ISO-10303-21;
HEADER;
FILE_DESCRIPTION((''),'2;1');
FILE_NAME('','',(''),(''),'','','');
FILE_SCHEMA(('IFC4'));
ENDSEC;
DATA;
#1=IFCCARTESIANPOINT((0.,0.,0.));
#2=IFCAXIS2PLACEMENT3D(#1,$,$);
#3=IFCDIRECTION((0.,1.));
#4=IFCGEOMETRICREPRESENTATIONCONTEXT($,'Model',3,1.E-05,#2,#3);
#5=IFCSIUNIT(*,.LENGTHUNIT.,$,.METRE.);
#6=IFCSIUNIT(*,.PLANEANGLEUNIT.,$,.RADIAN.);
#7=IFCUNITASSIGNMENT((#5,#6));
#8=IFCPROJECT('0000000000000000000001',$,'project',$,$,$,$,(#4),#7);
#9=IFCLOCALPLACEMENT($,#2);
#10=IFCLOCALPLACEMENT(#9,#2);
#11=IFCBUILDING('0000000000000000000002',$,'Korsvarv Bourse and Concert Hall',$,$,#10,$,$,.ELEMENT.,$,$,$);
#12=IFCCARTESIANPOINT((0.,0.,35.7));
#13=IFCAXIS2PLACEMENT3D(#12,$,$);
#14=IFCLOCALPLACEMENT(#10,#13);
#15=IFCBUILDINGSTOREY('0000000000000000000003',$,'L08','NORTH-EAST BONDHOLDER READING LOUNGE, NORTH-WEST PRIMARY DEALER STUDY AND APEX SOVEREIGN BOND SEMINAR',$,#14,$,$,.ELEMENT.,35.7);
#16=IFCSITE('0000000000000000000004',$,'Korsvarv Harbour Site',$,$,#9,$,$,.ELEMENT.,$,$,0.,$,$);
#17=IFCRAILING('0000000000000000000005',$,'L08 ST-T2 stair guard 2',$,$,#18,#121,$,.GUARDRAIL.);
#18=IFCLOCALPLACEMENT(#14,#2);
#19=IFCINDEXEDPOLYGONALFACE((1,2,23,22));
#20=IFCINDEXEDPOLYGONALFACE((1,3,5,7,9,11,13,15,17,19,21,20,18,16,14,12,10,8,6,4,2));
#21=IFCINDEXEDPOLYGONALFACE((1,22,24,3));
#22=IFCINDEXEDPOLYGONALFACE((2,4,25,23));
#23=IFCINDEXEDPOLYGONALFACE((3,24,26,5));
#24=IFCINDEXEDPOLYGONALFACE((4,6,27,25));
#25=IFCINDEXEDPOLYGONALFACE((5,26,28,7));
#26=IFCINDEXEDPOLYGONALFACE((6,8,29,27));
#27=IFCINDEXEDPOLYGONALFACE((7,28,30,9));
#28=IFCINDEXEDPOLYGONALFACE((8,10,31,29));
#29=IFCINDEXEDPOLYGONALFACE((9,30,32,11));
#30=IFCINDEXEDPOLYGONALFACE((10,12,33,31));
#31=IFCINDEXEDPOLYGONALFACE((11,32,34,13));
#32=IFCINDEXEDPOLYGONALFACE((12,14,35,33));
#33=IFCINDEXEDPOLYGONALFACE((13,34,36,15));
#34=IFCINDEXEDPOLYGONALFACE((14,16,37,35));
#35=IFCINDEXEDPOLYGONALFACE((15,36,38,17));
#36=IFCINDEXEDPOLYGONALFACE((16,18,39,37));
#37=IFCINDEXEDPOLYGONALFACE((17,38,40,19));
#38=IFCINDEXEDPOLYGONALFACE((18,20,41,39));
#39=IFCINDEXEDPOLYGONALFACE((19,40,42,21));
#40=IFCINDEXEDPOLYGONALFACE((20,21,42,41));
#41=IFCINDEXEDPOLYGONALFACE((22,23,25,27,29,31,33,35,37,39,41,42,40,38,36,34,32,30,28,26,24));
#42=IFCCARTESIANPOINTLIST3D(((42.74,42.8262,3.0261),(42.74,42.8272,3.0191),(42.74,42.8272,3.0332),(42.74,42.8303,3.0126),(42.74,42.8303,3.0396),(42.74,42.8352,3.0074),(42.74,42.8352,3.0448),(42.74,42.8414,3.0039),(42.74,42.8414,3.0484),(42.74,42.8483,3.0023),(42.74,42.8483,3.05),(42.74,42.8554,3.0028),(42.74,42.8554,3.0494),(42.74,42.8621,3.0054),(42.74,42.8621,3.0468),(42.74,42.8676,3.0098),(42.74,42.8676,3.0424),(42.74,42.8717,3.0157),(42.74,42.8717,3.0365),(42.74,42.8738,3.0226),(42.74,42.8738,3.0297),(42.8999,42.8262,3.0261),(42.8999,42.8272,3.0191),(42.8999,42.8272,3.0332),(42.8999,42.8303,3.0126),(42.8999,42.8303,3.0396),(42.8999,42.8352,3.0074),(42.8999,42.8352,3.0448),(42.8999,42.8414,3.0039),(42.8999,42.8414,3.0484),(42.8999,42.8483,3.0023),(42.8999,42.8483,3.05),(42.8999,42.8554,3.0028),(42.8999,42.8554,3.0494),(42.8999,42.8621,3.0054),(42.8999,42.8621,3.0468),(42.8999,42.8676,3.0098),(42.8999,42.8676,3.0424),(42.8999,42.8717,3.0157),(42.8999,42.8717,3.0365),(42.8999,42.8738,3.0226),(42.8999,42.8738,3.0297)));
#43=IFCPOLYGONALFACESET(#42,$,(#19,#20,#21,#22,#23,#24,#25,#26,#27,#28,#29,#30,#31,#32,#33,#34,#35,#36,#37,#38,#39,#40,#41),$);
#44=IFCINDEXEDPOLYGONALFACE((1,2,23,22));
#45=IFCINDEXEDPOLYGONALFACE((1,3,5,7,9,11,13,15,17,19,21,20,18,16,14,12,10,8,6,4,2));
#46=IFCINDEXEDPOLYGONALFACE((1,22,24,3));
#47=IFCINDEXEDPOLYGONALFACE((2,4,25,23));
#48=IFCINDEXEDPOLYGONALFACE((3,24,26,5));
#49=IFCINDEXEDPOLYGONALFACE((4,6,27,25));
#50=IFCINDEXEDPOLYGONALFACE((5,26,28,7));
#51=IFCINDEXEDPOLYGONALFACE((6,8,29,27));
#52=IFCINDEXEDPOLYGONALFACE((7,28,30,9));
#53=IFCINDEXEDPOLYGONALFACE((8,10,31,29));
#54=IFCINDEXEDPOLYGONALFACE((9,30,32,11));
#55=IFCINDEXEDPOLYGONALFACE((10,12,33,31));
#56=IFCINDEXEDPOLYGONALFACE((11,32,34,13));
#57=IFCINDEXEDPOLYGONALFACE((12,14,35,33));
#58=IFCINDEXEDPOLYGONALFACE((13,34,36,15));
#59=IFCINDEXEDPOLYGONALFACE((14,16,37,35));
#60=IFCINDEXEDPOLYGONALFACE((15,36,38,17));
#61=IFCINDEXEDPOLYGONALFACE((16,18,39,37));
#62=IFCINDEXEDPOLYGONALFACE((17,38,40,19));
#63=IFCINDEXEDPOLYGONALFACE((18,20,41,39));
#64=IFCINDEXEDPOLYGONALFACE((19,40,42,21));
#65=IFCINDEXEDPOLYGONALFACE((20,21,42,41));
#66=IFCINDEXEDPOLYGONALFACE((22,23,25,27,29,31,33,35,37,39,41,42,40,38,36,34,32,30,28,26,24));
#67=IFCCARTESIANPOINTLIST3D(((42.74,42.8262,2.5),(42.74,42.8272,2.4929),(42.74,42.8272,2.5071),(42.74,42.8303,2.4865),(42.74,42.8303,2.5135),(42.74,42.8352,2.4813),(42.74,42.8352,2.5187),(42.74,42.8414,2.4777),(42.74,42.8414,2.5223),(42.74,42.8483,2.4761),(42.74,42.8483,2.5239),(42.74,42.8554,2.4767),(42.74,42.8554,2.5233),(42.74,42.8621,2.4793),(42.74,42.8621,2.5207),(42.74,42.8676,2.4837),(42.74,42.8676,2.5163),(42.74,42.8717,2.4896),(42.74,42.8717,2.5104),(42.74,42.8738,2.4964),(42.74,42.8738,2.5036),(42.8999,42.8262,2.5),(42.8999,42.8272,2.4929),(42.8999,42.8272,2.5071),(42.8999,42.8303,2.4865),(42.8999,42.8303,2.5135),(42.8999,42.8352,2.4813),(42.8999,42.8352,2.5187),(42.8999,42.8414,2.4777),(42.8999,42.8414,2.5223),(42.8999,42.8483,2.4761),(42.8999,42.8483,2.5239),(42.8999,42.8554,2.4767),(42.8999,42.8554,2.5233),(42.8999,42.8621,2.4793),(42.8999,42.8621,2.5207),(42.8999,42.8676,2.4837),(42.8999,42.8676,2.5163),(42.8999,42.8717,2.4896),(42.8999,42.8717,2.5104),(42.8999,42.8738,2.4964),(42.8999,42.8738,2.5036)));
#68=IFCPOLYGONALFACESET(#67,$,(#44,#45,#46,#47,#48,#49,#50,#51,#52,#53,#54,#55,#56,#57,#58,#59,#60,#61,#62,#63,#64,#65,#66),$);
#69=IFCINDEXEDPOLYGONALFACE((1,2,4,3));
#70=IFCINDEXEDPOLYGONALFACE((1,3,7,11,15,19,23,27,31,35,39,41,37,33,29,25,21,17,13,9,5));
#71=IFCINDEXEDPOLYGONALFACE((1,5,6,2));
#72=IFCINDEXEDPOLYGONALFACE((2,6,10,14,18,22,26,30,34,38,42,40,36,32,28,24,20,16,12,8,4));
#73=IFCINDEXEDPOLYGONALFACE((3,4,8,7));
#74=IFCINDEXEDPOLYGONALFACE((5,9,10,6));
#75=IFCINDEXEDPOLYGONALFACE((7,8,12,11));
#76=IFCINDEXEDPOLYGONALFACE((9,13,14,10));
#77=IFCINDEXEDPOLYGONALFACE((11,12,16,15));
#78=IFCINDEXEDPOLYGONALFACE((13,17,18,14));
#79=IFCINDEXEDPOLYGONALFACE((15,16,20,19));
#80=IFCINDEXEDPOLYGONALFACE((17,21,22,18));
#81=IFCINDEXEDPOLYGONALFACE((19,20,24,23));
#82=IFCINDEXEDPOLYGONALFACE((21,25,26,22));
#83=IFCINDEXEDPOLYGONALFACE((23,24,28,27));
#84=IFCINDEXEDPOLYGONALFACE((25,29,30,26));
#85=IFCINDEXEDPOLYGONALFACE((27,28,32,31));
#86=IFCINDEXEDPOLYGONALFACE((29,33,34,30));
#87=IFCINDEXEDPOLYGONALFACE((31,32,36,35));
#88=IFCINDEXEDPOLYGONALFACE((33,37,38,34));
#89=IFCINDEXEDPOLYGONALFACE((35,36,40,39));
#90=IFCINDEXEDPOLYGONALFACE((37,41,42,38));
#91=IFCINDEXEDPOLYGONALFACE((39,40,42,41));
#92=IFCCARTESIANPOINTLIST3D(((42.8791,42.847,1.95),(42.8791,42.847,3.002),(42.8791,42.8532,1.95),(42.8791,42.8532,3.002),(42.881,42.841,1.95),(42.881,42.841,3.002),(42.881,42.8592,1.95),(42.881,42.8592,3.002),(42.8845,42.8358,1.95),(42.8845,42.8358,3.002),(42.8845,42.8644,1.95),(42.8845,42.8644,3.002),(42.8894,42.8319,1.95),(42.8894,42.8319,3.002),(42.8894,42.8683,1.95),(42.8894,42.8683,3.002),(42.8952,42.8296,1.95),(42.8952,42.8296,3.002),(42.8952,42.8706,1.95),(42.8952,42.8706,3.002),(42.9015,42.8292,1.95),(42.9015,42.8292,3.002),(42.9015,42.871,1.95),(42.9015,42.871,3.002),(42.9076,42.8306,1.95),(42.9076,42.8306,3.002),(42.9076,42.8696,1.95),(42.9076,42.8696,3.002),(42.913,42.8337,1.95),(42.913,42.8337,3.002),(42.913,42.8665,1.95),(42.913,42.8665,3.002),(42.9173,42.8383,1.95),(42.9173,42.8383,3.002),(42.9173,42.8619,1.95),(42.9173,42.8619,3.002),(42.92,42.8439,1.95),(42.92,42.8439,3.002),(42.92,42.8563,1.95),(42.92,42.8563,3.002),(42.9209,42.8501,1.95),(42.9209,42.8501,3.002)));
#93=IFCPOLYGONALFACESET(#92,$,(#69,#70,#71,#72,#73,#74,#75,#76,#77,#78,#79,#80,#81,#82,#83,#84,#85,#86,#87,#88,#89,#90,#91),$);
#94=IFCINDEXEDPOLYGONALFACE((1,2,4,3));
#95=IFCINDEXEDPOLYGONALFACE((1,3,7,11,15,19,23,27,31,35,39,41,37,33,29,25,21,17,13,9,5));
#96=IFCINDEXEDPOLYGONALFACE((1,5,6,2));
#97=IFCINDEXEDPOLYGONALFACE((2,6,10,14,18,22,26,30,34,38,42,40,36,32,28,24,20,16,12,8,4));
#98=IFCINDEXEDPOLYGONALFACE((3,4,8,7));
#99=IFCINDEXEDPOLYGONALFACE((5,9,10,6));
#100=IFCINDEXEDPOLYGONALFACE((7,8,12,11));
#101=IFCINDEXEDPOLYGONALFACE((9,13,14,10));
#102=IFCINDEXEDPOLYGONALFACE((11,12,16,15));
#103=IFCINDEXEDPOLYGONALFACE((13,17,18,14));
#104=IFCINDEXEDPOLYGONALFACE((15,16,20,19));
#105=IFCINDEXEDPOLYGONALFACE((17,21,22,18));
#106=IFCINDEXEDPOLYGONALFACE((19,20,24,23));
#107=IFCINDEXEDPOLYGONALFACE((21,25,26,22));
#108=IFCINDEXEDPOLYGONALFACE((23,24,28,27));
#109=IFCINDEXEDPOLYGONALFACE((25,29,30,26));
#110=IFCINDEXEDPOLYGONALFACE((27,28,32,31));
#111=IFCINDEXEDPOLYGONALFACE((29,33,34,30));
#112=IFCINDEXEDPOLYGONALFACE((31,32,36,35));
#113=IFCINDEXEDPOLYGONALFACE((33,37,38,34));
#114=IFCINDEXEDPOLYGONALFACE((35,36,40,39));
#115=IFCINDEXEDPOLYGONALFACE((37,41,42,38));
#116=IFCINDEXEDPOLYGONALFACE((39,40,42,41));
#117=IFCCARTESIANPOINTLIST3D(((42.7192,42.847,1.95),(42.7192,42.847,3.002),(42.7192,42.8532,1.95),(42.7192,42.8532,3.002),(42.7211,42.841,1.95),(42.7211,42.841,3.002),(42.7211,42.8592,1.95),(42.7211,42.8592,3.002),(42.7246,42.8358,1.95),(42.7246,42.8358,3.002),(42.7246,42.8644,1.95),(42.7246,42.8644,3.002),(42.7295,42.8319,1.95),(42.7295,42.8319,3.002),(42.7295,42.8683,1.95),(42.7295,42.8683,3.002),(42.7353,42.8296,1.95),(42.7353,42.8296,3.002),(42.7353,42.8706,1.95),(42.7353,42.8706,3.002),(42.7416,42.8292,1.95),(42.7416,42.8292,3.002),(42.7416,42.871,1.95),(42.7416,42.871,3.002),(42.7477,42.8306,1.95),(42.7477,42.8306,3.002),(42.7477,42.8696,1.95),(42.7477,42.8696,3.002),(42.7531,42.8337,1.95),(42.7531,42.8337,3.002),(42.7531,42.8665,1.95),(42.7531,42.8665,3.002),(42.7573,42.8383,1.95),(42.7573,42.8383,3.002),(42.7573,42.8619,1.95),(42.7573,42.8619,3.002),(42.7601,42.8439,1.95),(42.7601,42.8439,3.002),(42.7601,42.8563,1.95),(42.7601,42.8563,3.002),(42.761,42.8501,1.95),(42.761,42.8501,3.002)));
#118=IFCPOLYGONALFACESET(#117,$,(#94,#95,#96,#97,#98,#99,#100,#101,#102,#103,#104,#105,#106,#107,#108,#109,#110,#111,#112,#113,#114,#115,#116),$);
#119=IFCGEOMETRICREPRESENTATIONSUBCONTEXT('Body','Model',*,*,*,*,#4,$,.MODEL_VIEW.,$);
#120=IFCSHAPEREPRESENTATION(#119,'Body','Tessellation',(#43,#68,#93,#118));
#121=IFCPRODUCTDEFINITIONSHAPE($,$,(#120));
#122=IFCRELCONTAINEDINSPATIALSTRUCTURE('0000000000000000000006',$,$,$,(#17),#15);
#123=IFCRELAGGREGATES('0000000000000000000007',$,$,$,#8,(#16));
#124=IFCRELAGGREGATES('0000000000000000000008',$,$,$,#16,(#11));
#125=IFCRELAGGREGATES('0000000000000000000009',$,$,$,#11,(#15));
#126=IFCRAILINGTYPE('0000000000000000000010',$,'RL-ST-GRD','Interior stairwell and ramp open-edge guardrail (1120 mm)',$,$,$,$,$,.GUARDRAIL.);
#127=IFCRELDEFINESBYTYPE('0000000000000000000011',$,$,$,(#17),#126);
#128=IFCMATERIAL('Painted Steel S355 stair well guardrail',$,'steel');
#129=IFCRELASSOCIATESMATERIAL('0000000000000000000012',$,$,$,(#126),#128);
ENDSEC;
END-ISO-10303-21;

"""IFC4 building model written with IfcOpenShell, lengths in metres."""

from ifc_helpers import new_model, si_unit, direction, frame, origin, origin_2d, place, context, subcontext, project, spatial, circle, extrude, material, type_object, element, save


model = new_model("IFC4")

# Units and contexts
model_context = context("Model", 3, precision=1e-05, world=origin(), true_north=direction((0.0, 1.0)))
body_context = subcontext(model_context, "Body", "Model", "MODEL_VIEW")
ifc_project = project(units=[si_unit("LENGTHUNIT", "METRE"), si_unit("PLANEANGLEUNIT", "RADIAN")], contexts=[model_context])

# Site, building, storey
site_placement = place(None, origin())
site = spatial("IfcSite", under=ifc_project, at=site_placement, Name="Korsvarv Harbour Site", CompositionType="ELEMENT", RefElevation=0.0)
building_placement = place(site_placement, origin())
building = spatial("IfcBuilding", under=site, at=building_placement, Name="Korsvarv Bourse and Concert Hall", CompositionType="ELEMENT")
storey_placement = place(building_placement, frame((0.0, 0.0, 35.7)))
storey = spatial("IfcBuildingStorey", under=building, at=storey_placement, Name="L08", Description="NORTH-EAST BONDHOLDER READING LOUNGE, NORTH-WEST PRIMARY DEALER STUDY AND APEX SOVEREIGN BOND SEMINAR", CompositionType="ELEMENT", Elevation=35.7)

# Railing
ifc_material_1 = material(Name="Painted Steel S355 stair well guardrail", Category="steel")
railing_type_1 = type_object("IfcRailingType", Name="RL-ST-GRD", Description="Interior stairwell and ramp open-edge guardrail (1120 mm)", PredefinedType="GUARDRAIL", material=ifc_material_1)
railing_1_placement = place(storey_placement, frame((42.8999, 42.8501, 1.95)))
element("IfcRailing", 1, at=railing_1_placement, inside=storey, type_object=railing_type_1, Name="L08 ST-T2 stair guard 2", PredefinedType="GUARDRAIL", context=body_context, shape_type="SweptSolid", body=[
    extrude(circle(Radius=0.0239, at=origin_2d()), frame((0.0, 0.0, 1.0762), z_axis=(-1.0, 0.0, 0.0), x_axis=(0.0, -1.0, 0.0)), (0.0, 0.0, 1.0), 0.1599),
    extrude(circle(Radius=0.0239, at=origin_2d()), frame((0.0, 0.0, 0.55), z_axis=(-1.0, 0.0, 0.0), x_axis=(0.0, -1.0, 0.0)), (0.0, 0.0, 1.0), 0.1599),
    extrude(circle(Radius=0.021, at=origin_2d()), origin(), (0.0, 0.0, 1.0), 1.052),
    extrude(circle(Radius=0.021, at=origin_2d()), frame((-0.1599, 0.0, 0.0)), (0.0, 0.0, 1.0), 1.052),
])

save(model, "model.ifc")
